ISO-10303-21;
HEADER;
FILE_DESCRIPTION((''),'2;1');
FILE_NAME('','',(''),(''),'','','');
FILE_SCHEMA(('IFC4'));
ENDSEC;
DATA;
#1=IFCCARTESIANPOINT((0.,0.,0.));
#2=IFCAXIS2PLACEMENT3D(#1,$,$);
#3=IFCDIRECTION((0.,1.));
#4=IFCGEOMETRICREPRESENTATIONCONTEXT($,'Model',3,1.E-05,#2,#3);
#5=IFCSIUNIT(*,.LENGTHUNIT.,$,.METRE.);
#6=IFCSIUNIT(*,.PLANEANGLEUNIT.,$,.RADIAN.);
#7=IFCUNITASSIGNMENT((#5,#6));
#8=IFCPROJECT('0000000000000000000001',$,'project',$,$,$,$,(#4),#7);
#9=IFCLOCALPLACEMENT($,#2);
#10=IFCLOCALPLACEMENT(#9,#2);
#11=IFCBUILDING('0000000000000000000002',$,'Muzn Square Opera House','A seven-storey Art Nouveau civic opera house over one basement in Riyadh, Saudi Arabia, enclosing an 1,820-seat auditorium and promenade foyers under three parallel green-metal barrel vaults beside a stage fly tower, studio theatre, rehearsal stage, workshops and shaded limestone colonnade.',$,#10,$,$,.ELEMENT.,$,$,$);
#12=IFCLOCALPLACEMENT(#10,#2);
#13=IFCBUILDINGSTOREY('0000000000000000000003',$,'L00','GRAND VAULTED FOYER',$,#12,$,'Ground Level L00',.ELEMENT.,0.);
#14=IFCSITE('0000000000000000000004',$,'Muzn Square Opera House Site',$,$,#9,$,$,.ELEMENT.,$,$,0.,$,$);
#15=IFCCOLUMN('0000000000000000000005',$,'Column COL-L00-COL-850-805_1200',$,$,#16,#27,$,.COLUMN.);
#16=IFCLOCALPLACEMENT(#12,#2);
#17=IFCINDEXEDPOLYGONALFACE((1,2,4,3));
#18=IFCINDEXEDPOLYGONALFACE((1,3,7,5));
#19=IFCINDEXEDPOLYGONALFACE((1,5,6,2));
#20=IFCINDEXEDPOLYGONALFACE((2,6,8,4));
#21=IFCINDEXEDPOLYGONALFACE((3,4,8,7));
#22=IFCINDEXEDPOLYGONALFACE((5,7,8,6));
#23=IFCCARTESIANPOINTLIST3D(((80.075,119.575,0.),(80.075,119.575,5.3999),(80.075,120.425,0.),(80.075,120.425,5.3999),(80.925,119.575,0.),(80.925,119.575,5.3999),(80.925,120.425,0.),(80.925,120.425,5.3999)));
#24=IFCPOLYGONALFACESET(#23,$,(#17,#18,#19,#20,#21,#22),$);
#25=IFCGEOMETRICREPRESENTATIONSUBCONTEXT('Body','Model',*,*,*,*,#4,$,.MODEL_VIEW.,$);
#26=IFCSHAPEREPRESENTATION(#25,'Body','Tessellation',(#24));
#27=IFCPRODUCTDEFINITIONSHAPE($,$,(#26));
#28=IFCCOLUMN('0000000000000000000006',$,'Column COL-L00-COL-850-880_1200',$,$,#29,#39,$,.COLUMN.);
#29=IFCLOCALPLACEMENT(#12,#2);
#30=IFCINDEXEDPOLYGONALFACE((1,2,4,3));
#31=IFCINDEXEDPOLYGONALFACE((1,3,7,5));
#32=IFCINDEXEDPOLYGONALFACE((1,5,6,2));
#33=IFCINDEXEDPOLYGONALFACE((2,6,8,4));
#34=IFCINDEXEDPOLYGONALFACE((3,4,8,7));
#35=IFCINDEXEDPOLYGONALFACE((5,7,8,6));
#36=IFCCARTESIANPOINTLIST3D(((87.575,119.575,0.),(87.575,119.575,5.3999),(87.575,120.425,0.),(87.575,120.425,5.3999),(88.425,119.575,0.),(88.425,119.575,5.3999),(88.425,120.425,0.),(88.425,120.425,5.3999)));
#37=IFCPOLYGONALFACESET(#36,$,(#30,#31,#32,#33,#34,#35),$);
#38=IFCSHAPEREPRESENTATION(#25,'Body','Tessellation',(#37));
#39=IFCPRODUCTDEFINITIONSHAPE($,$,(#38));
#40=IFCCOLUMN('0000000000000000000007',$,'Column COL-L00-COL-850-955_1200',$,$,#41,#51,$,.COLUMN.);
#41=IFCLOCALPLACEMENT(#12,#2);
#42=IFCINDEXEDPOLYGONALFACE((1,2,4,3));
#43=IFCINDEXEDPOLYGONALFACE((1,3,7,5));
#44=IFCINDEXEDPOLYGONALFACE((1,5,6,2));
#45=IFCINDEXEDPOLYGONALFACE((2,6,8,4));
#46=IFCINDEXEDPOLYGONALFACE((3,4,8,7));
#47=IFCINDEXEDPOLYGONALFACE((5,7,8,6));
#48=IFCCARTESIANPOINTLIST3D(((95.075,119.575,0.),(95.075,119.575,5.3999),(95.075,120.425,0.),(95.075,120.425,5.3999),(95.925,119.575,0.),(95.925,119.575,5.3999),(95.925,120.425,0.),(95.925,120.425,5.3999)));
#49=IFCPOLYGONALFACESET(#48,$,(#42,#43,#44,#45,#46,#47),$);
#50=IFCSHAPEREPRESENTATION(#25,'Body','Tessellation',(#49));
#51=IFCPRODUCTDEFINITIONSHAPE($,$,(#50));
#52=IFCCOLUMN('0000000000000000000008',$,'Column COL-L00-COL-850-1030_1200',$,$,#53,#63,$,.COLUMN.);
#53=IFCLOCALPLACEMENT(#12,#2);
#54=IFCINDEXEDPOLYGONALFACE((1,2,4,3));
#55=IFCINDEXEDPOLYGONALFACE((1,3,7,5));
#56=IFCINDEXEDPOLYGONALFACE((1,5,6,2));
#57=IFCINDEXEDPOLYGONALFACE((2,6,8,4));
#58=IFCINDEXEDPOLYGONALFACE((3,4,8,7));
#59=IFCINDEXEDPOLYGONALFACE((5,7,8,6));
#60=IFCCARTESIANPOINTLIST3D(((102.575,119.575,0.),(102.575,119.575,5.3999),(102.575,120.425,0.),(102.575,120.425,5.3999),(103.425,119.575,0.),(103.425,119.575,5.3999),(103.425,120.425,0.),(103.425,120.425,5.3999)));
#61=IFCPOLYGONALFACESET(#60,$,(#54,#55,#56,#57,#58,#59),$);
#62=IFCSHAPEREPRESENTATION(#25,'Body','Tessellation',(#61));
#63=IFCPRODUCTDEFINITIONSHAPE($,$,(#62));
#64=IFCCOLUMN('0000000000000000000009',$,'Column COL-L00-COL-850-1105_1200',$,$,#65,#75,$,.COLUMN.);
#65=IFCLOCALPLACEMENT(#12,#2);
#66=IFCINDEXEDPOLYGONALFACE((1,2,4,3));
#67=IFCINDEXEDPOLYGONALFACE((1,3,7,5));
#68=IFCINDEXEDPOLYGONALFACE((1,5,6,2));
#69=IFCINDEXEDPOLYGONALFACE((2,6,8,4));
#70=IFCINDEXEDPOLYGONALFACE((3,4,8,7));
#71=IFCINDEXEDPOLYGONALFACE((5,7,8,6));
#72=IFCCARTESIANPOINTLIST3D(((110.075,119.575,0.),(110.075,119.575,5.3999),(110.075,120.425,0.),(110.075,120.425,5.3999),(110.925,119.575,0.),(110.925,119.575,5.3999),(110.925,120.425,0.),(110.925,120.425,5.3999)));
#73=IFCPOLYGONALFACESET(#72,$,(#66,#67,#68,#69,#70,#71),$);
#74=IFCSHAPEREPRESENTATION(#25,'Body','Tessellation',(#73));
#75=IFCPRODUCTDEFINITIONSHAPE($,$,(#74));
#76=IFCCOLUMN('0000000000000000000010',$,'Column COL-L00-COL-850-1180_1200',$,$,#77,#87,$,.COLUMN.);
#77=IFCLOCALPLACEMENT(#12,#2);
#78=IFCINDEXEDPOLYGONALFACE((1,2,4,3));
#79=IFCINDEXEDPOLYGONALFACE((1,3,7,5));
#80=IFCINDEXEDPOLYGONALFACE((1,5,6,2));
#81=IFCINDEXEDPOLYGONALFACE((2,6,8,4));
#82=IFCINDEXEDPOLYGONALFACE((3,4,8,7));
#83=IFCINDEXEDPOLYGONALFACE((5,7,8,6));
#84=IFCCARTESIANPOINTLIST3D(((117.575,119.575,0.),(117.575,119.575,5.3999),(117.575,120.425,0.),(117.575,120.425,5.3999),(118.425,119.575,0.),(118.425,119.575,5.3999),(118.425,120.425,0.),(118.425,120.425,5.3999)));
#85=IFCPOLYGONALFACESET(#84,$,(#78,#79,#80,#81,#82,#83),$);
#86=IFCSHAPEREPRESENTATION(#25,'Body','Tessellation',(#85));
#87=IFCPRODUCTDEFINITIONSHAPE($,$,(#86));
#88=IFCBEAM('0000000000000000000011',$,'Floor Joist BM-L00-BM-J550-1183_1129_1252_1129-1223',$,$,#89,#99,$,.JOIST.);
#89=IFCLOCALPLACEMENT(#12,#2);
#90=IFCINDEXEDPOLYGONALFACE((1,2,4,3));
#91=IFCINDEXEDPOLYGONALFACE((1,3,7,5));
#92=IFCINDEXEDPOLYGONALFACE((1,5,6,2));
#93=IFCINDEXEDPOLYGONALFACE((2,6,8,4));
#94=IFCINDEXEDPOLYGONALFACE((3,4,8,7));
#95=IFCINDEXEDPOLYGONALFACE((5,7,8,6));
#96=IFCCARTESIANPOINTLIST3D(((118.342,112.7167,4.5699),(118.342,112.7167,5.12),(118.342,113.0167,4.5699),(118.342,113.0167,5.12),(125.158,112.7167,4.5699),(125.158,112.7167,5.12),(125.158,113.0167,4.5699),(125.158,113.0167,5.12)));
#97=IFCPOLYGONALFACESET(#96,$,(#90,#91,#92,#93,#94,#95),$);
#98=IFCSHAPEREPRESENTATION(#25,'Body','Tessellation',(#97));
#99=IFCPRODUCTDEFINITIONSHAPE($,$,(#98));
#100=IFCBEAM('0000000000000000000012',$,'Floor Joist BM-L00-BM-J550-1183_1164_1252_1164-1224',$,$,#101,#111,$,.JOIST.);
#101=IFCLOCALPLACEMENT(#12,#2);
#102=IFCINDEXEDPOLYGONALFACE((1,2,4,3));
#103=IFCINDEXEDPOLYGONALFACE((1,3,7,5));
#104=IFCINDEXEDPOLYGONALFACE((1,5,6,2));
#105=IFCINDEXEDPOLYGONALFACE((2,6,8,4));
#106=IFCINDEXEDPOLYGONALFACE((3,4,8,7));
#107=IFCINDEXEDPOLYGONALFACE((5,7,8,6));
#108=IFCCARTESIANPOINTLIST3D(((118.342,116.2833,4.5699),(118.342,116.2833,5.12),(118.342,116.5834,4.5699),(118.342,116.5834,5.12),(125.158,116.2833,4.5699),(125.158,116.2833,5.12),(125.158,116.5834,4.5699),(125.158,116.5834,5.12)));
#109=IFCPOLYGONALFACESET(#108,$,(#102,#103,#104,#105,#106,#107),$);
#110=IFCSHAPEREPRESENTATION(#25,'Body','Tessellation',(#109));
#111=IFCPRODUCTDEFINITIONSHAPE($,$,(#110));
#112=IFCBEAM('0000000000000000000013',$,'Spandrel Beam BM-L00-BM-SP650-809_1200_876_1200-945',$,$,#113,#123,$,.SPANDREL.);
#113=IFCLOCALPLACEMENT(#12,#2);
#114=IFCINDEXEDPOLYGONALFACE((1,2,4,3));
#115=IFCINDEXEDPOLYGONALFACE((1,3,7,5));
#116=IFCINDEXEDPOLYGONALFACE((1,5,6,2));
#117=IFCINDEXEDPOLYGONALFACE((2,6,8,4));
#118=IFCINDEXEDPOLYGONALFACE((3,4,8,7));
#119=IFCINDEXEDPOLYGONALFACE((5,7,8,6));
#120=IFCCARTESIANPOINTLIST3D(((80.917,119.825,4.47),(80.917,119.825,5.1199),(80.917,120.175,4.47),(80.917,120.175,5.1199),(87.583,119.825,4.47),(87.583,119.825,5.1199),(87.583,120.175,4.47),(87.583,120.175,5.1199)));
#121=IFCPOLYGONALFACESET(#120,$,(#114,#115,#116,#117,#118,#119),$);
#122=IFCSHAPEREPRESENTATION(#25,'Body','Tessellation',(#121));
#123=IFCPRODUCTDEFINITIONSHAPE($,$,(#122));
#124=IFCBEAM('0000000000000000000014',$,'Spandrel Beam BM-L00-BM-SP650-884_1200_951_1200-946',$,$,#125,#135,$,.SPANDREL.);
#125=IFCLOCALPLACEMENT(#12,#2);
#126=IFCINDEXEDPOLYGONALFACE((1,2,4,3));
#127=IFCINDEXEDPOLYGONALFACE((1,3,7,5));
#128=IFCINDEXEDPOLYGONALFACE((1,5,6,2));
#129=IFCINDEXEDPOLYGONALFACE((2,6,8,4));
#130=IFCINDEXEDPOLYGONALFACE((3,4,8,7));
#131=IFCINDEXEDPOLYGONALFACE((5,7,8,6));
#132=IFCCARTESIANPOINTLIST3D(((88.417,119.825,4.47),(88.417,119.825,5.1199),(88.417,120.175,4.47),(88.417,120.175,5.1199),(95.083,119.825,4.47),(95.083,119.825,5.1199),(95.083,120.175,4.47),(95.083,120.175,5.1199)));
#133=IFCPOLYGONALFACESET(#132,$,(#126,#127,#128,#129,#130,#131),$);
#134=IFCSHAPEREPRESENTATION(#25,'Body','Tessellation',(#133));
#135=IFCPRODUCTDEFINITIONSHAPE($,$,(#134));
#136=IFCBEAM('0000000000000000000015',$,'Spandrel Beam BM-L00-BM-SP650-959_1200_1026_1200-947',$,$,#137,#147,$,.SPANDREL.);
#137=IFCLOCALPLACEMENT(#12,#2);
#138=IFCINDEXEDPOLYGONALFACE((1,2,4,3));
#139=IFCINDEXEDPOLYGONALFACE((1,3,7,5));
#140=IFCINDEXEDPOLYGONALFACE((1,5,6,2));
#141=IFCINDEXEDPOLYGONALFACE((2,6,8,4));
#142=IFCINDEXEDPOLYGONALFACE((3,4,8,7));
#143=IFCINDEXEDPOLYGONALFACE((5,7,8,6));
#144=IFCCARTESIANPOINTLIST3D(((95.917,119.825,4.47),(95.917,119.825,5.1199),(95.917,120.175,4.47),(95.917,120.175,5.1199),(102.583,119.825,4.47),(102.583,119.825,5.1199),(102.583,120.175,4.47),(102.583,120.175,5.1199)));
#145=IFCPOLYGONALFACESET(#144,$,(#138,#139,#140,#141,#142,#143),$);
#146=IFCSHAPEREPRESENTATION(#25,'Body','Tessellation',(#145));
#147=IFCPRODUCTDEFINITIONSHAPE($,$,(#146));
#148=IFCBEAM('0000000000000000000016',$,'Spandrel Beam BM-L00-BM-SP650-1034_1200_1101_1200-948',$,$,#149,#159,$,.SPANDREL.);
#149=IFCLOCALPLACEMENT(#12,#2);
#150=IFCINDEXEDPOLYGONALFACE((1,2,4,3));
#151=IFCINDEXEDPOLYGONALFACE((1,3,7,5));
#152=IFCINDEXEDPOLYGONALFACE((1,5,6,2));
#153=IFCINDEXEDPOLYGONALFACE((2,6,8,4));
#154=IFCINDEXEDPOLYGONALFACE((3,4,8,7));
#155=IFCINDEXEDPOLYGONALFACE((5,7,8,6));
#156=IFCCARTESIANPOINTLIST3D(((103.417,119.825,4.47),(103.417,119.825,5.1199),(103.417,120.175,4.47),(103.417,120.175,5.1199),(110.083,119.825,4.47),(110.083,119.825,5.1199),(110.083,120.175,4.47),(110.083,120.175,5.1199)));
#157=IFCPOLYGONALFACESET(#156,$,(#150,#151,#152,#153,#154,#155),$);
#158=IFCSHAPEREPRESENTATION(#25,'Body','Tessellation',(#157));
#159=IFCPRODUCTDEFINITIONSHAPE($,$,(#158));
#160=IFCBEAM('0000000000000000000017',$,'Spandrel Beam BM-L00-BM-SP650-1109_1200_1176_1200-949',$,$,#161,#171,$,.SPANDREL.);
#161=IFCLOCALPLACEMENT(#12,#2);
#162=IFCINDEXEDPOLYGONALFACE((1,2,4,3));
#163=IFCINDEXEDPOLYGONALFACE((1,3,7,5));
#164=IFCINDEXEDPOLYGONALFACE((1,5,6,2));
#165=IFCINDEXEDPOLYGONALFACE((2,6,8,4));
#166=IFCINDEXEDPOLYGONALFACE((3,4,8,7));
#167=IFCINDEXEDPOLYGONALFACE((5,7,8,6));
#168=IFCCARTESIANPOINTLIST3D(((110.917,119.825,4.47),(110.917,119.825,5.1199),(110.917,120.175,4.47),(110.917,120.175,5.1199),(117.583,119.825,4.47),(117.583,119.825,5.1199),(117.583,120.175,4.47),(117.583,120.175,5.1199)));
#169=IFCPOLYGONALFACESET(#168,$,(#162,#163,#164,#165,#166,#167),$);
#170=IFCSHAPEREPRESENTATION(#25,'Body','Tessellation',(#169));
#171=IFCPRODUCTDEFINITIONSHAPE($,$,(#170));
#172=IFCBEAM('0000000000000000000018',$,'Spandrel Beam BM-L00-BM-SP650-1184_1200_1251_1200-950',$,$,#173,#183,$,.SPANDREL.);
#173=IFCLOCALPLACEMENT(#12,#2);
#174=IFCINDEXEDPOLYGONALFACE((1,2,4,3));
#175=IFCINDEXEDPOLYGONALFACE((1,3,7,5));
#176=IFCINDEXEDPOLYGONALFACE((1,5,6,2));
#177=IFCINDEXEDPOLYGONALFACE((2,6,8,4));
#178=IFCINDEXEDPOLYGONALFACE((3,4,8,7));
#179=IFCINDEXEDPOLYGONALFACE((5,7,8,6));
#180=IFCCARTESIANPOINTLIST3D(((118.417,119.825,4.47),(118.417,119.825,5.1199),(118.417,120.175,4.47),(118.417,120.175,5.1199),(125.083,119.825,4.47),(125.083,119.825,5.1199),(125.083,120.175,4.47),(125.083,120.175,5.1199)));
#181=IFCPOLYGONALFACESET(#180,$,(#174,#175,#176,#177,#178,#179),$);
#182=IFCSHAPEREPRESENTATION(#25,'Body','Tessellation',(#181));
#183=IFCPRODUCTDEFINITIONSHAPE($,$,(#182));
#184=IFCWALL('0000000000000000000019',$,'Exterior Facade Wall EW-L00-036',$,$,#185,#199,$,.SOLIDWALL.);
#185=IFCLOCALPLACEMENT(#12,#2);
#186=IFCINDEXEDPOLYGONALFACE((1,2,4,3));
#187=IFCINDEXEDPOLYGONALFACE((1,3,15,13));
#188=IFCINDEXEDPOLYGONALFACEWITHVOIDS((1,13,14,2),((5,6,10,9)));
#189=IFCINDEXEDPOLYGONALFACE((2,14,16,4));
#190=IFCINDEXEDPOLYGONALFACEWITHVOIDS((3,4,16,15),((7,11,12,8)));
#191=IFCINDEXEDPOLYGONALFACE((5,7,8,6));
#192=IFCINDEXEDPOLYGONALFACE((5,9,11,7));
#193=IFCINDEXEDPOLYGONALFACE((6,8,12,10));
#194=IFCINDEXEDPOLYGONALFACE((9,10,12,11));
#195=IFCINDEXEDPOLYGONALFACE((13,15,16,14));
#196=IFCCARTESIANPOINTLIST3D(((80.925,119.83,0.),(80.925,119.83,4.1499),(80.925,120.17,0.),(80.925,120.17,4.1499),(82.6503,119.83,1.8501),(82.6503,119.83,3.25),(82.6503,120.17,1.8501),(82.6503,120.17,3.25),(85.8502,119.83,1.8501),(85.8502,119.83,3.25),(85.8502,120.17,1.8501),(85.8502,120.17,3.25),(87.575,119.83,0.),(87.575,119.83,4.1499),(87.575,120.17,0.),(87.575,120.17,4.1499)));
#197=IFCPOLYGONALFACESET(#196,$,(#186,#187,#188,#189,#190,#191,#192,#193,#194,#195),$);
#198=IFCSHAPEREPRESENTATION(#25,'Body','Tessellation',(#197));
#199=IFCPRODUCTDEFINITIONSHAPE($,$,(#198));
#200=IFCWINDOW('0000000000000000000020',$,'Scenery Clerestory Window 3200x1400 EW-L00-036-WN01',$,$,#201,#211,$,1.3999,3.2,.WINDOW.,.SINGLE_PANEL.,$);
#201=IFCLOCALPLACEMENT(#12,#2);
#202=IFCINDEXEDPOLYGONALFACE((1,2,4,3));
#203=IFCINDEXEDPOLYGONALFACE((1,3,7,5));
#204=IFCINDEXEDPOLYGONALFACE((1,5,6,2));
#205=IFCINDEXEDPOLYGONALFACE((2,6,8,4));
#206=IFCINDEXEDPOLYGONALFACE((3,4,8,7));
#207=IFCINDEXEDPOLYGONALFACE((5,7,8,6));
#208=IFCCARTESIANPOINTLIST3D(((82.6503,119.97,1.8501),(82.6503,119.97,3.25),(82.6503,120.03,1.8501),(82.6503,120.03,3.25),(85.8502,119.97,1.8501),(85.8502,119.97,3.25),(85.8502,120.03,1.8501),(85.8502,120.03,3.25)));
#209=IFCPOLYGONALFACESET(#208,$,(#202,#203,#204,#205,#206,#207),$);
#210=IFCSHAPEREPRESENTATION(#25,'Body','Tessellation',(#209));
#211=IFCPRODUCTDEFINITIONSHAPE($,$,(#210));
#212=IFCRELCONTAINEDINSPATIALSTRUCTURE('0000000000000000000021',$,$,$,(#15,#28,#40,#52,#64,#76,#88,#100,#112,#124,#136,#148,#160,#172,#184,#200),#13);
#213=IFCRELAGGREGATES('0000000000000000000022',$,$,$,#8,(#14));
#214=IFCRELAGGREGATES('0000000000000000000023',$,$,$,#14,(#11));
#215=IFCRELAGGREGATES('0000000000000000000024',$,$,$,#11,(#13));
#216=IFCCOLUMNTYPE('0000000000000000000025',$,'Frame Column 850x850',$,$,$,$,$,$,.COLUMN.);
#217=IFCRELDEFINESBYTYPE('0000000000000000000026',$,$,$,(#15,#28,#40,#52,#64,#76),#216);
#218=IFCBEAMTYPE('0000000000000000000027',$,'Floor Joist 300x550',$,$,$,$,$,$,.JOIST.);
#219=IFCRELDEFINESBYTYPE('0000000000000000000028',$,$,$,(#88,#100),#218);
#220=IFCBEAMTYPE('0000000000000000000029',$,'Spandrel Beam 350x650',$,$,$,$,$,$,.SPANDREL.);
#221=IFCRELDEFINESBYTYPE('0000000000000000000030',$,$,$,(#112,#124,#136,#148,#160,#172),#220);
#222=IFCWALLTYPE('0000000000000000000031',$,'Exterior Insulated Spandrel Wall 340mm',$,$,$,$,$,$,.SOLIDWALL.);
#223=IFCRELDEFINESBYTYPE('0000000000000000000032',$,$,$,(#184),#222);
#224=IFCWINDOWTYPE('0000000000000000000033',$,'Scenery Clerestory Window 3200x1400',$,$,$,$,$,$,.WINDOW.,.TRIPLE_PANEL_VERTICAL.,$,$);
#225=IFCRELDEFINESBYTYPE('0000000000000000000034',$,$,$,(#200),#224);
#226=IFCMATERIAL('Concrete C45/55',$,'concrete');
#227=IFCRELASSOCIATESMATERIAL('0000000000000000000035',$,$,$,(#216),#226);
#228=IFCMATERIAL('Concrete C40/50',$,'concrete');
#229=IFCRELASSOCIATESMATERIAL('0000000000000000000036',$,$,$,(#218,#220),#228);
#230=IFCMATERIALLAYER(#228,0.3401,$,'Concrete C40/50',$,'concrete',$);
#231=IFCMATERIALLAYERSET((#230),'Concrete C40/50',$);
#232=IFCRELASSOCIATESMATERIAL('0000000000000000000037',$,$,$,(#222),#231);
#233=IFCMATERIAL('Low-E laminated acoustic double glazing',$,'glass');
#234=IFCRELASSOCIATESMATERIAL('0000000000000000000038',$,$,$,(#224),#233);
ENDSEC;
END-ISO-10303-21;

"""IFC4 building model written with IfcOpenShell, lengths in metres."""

from ifc_helpers import new_model, si_unit, direction, frame, frame_2d, origin, origin_2d, place, context, subcontext, project, spatial, rectangle, extrude, material, layer, layer_set, material_profile, profile_set, type_object, element, fill, save


model = new_model("IFC4")

# Units and contexts
model_context = context("Model", 3, precision=1e-05, world=origin(), true_north=direction((0.0, 1.0)))
body_context = subcontext(model_context, "Body", "Model", "MODEL_VIEW")
ifc_project = project(units=[si_unit("LENGTHUNIT", "METRE"), si_unit("PLANEANGLEUNIT", "RADIAN")], contexts=[model_context])

# Site, building, storey
site_placement = place(None, origin())
site = spatial("IfcSite", under=ifc_project, at=site_placement, Name="Muzn Square Opera House Site", CompositionType="ELEMENT", RefElevation=0.0)
building_placement = place(site_placement, origin())
building = spatial("IfcBuilding", under=site, at=building_placement, Name="Muzn Square Opera House", Description="A seven-storey Art Nouveau civic opera house over one basement in Riyadh, Saudi Arabia, enclosing an 1,820-seat auditorium and promenade foyers under three parallel green-metal barrel vaults beside a stage fly tower, studio theatre, rehearsal stage, workshops and shaded limestone colonnade.", CompositionType="ELEMENT")
storey_placement = place(building_placement, origin())
storey = spatial("IfcBuildingStorey", under=building, at=storey_placement, Name="L00", Description="GRAND VAULTED FOYER", LongName="Ground Level L00", CompositionType="ELEMENT", Elevation=0.0)

# Columns
ifc_material_1 = material(Name="Concrete C45/55", Category="concrete")
ifc_material_profile_1 = material_profile(ifc_material_1, rectangle(XDim=0.8501, YDim=0.8501, at=origin_2d()), Name="RC 850x850", Category="concrete")
ifc_profile_set_1 = profile_set([ifc_material_profile_1], Name="Concrete C45/55")
column_type = type_object("IfcColumnType", Name="Frame Column 850x850", PredefinedType="COLUMN", material=ifc_profile_set_1)
for number, where, z_axis, x_axis, name in (
    (1, (80.5, 120.0, 0.0), (0.0, 0.0, 1.0), (1.0, 0.0, 0.0), "Column COL-L00-COL-850-805_1200"),
    (2, (88.0, 120.0, 0.0), (0.0, 0.0, 1.0), (1.0, 0.0, 0.0), "Column COL-L00-COL-850-880_1200"),
    (3, (95.5, 120.0, 0.0), (0.0, 0.0, 1.0), (1.0, 0.0, 0.0), "Column COL-L00-COL-850-955_1200"),
    (4, (103.0, 120.0, 0.0), (0.0, 0.0, 1.0), (1.0, 0.0, 0.0), "Column COL-L00-COL-850-1030_1200"),
    (5, (110.5, 120.0, 0.0), (0.0, 0.0, 1.0), (1.0, 0.0, 0.0), "Column COL-L00-COL-850-1105_1200"),
    (6, (118.0, 120.0, 0.0), (0.0, 0.0, 1.0), (1.0, 0.0, 0.0), "Column COL-L00-COL-850-1180_1200"),
):
    element("IfcColumn", number, at=place(storey_placement, frame(where, z_axis=z_axis, x_axis=x_axis)), inside=storey, type_object=column_type, Name=name, PredefinedType="COLUMN", context=body_context, shape_type="SweptSolid", body=[
        extrude(rectangle(XDim=0.8501, YDim=0.8501, at=origin_2d()), origin(), (0.0, 0.0, 1.0), 5.3999),
    ])

# Beams
ifc_material_2 = material(Name="Concrete C40/50", Category="concrete")
ifc_material_profile_2 = material_profile(ifc_material_2, rectangle(XDim=0.3, YDim=0.55, at=origin_2d()), Name="RCJ 300x550", Category="concrete")
ifc_profile_set_2 = profile_set([ifc_material_profile_2], Name="Concrete C40/50")
beam_type_1 = type_object("IfcBeamType", Name="Floor Joist 300x550", PredefinedType="JOIST", material=ifc_profile_set_2)
for number, where, z_axis, x_axis, name in (
    (7, (118.342, 112.8667, 4.845), (1.0, 0.0, 0.0), (0.0, 1.0, 0.0), "Floor Joist BM-L00-BM-J550-1183_1129_1252_1129-1223"),
    (8, (118.342, 116.4333, 4.845), (1.0, 0.0, 0.0), (0.0, 1.0, 0.0), "Floor Joist BM-L00-BM-J550-1183_1164_1252_1164-1224"),
):
    element("IfcBeam", number, at=place(storey_placement, frame(where, z_axis=z_axis, x_axis=x_axis)), inside=storey, type_object=beam_type_1, Name=name, PredefinedType="JOIST", context=body_context, shape_type="SweptSolid", body=[
        extrude(rectangle(XDim=0.3, YDim=0.55, at=origin_2d()), origin(), (0.0, 0.0, 1.0), 6.8159),
    ])
ifc_material_profile_3 = material_profile(ifc_material_2, rectangle(XDim=0.3501, YDim=0.6499, at=origin_2d()), Name="RCS 350x650", Category="concrete")
ifc_profile_set_3 = profile_set([ifc_material_profile_3], Name="Concrete C40/50")
beam_type_2 = type_object("IfcBeamType", Name="Spandrel Beam 350x650", PredefinedType="SPANDREL", material=ifc_profile_set_3)
for number, where, z_axis, x_axis, name in (
    (9, (80.917, 120.0, 4.7949), (1.0, 0.0, 0.0), (0.0, 1.0, 0.0), "Spandrel Beam BM-L00-BM-SP650-809_1200_876_1200-945"),
    (10, (88.417, 120.0, 4.7949), (1.0, 0.0, 0.0), (0.0, 1.0, 0.0), "Spandrel Beam BM-L00-BM-SP650-884_1200_951_1200-946"),
    (11, (95.917, 120.0, 4.7949), (1.0, 0.0, 0.0), (0.0, 1.0, 0.0), "Spandrel Beam BM-L00-BM-SP650-959_1200_1026_1200-947"),
    (12, (103.417, 120.0, 4.7949), (1.0, 0.0, 0.0), (0.0, 1.0, 0.0), "Spandrel Beam BM-L00-BM-SP650-1034_1200_1101_1200-948"),
    (13, (110.917, 120.0, 4.7949), (1.0, 0.0, 0.0), (0.0, 1.0, 0.0), "Spandrel Beam BM-L00-BM-SP650-1109_1200_1176_1200-949"),
    (14, (118.417, 120.0, 4.7949), (1.0, 0.0, 0.0), (0.0, 1.0, 0.0), "Spandrel Beam BM-L00-BM-SP650-1184_1200_1251_1200-950"),
):
    element("IfcBeam", number, at=place(storey_placement, frame(where, z_axis=z_axis, x_axis=x_axis)), inside=storey, type_object=beam_type_2, Name=name, PredefinedType="SPANDREL", context=body_context, shape_type="SweptSolid", body=[
        extrude(rectangle(XDim=0.3501, YDim=0.6499, at=origin_2d()), origin(), (0.0, 0.0, 1.0), 6.666),
    ])

# Wall, opening, window
ifc_layer = layer(ifc_material_2, 0.3401, Name="Concrete C40/50", Category="concrete")
ifc_layer_set = layer_set([ifc_layer], Name="Concrete C40/50")
wall_type = type_object("IfcWallType", Name="Exterior Insulated Spandrel Wall 340mm", PredefinedType="SOLIDWALL", material=ifc_layer_set)
wall_1_placement = place(storey_placement, frame((80.925, 120.0, 0.0), z_axis=(0.0, 0.0, 1.0), x_axis=(1.0, 0.0, 0.0)))
wall_1 = element("IfcWall", 15, at=wall_1_placement, inside=storey, type_object=wall_type, Name="Exterior Facade Wall EW-L00-036", PredefinedType="SOLIDWALL", context=body_context, shape_type="SweptSolid", body=[
    extrude(rectangle(XDim=6.6499, YDim=0.3401, at=frame_2d((3.325, 0.0))), origin(), (0.0, 0.0, 1.0), 4.1499),
])
opening_1_placement = place(wall_1_placement, frame((1.7251, 0.0, 1.8501)))
opening_1 = element("IfcOpeningElement", 16, at=opening_1_placement, cuts=wall_1, PredefinedType="OPENING", context=body_context, shape_type="SweptSolid", body=[
    extrude(rectangle(XDim=3.2, YDim=1.3999, at=frame_2d((1.6001, 0.7))), frame((0.0, 0.1799, 0.0), z_axis=(0.0, -1.0, 0.0), x_axis=(1.0, 0.0, 0.0)), (0.0, 0.0, 1.0), 0.3601),
])
ifc_material_3 = material(Name="Low-E laminated acoustic double glazing", Category="glass")
window_type = type_object("IfcWindowType", Name="Scenery Clerestory Window 3200x1400", PartitioningType="TRIPLE_PANEL_VERTICAL", PredefinedType="WINDOW", material=ifc_material_3)
window_1_placement = place(opening_1_placement, origin())
window_1 = element("IfcWindow", 17, at=window_1_placement, inside=storey, type_object=window_type, Name="Scenery Clerestory Window 3200x1400 EW-L00-036-WN01", OverallHeight=1.3999, OverallWidth=3.2, PartitioningType="SINGLE_PANEL", PredefinedType="WINDOW", context=body_context, shape_type="SweptSolid", body=[
    extrude(rectangle(XDim=3.2, YDim=1.3999, at=frame_2d((1.6001, 0.7))), frame((0.0, 0.03, 0.0), z_axis=(0.0, -1.0, 0.0), x_axis=(1.0, 0.0, 0.0)), (0.0, 0.0, 1.0), 0.0601),
])
fill(opening_1, window_1)

save(model, "model.ifc")
